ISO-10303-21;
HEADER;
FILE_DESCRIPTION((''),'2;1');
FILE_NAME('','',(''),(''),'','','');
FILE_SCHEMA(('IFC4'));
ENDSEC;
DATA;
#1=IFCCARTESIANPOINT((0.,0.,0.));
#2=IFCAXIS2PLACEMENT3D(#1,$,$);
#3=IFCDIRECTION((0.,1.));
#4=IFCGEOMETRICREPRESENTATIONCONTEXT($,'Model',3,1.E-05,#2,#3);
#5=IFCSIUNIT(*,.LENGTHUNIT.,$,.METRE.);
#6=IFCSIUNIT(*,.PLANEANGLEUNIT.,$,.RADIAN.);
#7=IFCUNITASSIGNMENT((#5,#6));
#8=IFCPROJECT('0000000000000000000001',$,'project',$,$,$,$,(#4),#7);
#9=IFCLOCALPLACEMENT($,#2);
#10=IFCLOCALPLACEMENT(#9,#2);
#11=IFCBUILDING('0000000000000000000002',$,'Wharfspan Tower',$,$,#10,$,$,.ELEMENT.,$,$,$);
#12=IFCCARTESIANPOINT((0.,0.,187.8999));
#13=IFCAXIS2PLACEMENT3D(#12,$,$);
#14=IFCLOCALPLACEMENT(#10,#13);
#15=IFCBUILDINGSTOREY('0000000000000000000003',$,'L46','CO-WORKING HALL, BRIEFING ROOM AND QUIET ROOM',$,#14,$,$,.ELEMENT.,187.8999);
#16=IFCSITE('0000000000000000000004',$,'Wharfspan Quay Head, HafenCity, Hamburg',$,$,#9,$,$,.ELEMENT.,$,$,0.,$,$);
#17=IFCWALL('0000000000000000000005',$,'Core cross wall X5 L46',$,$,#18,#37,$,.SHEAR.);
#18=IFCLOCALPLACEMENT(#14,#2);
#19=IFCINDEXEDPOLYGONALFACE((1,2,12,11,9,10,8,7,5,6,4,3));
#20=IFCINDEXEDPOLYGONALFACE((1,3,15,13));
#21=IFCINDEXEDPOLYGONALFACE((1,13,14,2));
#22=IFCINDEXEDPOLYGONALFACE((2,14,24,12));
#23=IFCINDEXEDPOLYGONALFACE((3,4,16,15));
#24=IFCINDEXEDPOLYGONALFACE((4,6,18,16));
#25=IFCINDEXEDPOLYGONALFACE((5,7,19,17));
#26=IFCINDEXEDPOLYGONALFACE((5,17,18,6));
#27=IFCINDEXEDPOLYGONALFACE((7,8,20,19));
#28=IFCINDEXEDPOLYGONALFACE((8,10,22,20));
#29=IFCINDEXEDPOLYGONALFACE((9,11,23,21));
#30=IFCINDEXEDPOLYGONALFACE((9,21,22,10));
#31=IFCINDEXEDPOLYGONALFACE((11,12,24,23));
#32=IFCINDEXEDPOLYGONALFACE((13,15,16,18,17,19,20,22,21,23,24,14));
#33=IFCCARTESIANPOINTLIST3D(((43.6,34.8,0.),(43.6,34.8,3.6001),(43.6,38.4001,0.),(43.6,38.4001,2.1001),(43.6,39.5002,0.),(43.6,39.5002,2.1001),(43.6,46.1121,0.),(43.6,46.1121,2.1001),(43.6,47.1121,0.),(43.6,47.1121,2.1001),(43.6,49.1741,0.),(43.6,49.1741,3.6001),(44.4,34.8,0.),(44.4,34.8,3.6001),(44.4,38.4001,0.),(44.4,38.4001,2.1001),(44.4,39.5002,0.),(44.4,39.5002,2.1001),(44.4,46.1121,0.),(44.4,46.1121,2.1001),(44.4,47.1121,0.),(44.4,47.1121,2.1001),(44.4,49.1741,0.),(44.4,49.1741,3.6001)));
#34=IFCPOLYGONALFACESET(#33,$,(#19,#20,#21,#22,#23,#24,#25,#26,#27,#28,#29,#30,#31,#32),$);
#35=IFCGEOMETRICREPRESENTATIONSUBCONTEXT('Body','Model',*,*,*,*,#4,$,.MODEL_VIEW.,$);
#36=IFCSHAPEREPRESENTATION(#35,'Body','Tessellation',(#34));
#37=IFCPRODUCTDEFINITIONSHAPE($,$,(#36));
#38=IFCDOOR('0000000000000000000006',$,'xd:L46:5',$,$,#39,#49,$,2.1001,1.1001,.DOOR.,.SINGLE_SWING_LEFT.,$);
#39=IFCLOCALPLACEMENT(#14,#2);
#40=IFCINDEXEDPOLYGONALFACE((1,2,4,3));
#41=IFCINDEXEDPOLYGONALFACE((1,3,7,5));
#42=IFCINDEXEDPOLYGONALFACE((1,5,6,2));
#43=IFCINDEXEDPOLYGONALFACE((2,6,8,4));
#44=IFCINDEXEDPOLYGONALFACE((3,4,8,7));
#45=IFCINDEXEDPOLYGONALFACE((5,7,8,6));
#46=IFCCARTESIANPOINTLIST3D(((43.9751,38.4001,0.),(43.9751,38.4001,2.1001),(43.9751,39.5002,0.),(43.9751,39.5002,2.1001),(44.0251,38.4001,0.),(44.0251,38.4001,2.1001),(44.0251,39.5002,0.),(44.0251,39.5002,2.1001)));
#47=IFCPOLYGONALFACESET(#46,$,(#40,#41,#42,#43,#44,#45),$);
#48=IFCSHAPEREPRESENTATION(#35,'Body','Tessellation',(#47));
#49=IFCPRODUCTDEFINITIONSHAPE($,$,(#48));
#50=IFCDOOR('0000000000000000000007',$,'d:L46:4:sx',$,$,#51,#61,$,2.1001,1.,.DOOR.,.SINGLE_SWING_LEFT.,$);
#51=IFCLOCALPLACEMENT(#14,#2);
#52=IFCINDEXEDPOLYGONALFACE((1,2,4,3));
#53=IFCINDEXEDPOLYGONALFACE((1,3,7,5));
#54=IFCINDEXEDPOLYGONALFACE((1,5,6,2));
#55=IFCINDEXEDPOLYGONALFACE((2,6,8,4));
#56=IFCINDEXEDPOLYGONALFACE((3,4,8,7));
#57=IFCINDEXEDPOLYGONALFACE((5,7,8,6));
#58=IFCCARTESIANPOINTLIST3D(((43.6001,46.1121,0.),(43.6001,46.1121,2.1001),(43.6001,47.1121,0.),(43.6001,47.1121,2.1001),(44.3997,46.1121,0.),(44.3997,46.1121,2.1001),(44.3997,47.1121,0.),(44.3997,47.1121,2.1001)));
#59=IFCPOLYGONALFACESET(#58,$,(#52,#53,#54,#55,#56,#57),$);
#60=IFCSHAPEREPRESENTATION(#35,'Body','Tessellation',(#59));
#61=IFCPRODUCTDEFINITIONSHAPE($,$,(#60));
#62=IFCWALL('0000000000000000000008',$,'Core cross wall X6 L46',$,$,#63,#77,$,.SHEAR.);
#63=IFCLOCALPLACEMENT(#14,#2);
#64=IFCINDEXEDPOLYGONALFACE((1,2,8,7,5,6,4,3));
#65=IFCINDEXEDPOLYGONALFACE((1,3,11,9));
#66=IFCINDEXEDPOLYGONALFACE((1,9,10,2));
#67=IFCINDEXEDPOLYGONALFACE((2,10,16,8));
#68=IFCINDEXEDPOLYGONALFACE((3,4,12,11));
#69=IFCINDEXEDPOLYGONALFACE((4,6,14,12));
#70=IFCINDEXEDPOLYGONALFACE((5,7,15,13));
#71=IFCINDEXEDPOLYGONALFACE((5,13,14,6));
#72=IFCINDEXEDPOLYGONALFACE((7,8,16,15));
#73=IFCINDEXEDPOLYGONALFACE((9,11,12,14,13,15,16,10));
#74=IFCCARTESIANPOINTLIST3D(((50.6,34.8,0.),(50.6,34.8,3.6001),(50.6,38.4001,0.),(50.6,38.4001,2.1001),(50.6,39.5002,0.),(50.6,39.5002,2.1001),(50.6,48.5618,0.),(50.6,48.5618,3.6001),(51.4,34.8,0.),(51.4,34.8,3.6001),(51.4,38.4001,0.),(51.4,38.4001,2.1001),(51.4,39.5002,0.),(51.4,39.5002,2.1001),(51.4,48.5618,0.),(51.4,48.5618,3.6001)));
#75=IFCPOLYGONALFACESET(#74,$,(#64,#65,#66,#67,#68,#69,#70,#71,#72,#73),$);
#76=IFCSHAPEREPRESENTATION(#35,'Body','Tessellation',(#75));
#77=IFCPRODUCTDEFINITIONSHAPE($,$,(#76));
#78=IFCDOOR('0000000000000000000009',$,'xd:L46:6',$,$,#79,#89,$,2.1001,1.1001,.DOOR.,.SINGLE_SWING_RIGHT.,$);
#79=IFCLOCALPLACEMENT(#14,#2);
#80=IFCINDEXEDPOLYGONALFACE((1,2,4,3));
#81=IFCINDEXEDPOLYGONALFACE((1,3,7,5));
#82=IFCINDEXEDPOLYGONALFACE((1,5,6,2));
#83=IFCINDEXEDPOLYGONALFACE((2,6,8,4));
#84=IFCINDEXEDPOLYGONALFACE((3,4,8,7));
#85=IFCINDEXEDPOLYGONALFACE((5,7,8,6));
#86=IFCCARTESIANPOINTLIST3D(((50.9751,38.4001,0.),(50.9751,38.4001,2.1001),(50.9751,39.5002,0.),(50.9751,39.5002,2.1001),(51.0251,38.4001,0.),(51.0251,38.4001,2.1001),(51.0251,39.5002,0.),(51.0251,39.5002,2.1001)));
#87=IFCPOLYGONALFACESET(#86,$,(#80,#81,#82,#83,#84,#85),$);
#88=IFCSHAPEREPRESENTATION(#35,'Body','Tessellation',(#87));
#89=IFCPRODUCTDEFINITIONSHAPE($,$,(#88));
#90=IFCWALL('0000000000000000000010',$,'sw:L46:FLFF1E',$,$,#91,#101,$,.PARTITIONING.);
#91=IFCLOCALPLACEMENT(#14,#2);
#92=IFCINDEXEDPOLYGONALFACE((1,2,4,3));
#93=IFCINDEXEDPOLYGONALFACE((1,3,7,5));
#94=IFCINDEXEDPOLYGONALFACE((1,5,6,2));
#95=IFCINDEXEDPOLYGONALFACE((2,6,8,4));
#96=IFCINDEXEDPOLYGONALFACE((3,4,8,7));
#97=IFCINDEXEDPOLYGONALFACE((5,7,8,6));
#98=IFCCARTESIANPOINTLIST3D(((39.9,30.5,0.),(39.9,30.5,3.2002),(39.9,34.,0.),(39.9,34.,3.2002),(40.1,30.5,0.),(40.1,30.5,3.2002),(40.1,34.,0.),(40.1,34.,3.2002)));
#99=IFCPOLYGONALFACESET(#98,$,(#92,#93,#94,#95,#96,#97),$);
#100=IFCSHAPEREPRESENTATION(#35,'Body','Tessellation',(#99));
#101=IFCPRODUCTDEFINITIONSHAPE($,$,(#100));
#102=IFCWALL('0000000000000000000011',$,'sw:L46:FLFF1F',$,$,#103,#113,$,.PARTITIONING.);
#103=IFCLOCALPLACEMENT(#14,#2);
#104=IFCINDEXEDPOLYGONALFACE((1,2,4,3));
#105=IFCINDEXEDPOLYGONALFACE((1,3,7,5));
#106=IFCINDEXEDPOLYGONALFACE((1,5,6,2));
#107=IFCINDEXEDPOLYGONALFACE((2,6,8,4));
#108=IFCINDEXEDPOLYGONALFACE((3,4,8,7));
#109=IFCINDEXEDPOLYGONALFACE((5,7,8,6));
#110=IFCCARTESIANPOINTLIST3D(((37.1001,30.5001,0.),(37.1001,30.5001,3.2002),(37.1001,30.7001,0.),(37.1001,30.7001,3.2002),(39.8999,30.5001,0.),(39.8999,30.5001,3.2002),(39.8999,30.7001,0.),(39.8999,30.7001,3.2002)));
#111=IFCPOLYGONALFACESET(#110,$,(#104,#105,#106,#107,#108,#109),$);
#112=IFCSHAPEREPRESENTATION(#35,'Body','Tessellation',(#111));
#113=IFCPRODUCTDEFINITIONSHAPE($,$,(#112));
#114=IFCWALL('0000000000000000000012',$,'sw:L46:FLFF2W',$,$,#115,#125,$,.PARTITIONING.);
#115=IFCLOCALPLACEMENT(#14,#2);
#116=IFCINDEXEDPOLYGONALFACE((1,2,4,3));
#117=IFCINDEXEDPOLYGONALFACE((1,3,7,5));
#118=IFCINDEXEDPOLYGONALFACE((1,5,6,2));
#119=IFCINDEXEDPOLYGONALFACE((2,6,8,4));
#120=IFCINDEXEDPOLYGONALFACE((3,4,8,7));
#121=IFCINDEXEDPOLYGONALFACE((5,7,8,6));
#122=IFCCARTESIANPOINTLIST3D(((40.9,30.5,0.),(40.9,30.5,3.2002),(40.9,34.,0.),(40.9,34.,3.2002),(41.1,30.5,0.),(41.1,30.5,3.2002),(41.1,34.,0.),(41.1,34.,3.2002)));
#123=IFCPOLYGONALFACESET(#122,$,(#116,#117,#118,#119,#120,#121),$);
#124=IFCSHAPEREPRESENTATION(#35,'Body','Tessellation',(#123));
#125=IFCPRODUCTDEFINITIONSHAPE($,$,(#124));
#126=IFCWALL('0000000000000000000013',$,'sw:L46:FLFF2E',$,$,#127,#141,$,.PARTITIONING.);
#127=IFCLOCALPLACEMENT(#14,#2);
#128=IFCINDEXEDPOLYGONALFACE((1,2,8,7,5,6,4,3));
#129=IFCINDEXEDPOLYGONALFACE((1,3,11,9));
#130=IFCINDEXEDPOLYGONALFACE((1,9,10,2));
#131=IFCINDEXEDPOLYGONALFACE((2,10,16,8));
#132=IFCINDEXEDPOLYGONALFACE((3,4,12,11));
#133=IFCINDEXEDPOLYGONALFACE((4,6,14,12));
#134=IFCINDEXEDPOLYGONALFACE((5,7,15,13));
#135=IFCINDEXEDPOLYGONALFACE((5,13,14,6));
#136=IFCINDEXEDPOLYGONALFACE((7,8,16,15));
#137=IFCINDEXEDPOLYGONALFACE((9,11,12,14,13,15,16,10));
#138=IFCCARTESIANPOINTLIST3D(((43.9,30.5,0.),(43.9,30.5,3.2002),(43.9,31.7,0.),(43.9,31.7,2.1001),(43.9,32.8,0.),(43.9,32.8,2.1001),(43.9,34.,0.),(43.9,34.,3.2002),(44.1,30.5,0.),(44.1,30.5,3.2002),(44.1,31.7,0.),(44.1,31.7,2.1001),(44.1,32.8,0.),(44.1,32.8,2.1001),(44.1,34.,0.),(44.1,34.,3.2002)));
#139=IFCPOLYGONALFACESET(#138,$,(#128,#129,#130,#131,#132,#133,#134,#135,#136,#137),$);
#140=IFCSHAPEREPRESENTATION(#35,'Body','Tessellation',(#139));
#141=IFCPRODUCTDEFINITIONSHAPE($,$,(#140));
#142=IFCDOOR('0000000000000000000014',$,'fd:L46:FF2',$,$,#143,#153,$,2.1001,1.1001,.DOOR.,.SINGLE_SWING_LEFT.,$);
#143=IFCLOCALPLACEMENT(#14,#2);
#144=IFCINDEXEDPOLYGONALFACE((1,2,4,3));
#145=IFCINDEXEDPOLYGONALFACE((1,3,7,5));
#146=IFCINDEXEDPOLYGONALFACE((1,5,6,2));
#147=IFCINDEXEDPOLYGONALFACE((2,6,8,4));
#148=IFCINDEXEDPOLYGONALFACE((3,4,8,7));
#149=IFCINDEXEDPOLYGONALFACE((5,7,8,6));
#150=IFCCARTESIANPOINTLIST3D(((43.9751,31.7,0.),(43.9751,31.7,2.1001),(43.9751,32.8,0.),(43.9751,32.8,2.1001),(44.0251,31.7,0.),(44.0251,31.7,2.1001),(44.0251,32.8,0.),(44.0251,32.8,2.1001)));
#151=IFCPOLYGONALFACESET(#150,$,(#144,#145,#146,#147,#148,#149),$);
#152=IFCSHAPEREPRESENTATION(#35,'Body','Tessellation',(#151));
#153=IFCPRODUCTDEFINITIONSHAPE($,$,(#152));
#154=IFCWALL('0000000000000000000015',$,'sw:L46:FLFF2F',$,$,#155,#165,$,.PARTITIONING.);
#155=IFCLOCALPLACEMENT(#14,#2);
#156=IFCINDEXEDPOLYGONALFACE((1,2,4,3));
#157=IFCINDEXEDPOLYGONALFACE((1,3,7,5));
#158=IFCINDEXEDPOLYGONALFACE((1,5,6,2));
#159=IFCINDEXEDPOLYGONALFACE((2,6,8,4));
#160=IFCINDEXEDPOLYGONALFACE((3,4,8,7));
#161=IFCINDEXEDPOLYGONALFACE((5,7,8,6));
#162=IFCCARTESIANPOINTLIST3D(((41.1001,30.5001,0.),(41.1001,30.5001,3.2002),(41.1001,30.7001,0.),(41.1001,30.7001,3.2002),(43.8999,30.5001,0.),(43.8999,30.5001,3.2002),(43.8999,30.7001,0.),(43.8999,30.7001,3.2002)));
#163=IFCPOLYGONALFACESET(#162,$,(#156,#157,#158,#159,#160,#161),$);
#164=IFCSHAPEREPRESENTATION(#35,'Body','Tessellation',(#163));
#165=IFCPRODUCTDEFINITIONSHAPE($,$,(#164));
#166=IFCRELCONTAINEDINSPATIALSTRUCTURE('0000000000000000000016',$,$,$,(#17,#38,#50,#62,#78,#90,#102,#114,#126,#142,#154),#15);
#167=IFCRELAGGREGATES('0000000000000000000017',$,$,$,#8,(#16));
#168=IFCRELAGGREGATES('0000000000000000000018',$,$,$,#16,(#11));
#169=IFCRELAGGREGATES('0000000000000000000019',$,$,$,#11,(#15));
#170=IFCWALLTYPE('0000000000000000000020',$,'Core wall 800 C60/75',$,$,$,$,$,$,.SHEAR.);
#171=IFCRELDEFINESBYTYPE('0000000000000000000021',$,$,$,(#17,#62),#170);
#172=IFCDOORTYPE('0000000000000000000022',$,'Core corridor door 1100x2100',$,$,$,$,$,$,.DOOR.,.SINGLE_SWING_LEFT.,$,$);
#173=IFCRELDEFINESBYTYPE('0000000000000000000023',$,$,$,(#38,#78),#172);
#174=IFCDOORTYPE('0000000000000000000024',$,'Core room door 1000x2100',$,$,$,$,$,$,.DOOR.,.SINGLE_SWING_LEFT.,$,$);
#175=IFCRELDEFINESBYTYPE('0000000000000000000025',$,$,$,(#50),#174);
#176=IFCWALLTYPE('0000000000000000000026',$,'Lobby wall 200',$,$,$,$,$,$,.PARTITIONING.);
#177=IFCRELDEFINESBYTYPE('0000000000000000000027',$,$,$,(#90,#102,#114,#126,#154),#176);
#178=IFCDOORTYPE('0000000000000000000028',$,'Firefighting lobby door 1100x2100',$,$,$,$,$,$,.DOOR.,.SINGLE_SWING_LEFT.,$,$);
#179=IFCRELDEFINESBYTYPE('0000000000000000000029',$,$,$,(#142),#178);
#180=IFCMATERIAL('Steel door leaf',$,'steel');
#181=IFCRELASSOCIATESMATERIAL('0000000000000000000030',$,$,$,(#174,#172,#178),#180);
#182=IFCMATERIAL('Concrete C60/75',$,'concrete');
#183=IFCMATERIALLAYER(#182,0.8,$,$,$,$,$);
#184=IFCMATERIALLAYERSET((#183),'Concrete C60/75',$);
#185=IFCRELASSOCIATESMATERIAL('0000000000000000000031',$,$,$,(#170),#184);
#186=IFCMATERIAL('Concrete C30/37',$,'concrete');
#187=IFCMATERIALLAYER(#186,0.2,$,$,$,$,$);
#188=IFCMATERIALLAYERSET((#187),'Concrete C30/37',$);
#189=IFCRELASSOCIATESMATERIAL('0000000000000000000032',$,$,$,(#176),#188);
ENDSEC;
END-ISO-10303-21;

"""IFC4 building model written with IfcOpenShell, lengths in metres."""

from ifc_helpers import new_model, si_unit, direction, frame, frame_2d, origin, place, context, subcontext, project, spatial, rectangle, extrude, material, layer, layer_set, type_object, element, fill, save


model = new_model("IFC4")

# Units and contexts
model_context = context("Model", 3, precision=1e-05, world=origin(), true_north=direction((0.0, 1.0)))
body_context = subcontext(model_context, "Body", "Model", "MODEL_VIEW")
ifc_project = project(units=[si_unit("LENGTHUNIT", "METRE"), si_unit("PLANEANGLEUNIT", "RADIAN")], contexts=[model_context])

# Site, building, storey
site_placement = place(None, origin())
site = spatial("IfcSite", under=ifc_project, at=site_placement, Name="Wharfspan Quay Head, HafenCity, Hamburg", CompositionType="ELEMENT", RefElevation=0.0)
building_placement = place(site_placement, origin())
building = spatial("IfcBuilding", under=site, at=building_placement, Name="Wharfspan Tower", CompositionType="ELEMENT")
storey_placement = place(building_placement, frame((0.0, 0.0, 187.8999)))
storey = spatial("IfcBuildingStorey", under=building, at=storey_placement, Name="L46", Description="CO-WORKING HALL, BRIEFING ROOM AND QUIET ROOM", CompositionType="ELEMENT", Elevation=187.8999)

# Shared definitions
ifc_material_1 = material(Name="Steel door leaf", Category="steel")
door_type_1 = type_object("IfcDoorType", Name="Core room door 1000x2100", OperationType="SINGLE_SWING_LEFT", PredefinedType="DOOR", material=ifc_material_1)

# Wall, openings, doors
ifc_material_2 = material(Name="Concrete C60/75", Category="concrete")
ifc_layer_1 = layer(ifc_material_2, 0.8)
ifc_layer_set_1 = layer_set([ifc_layer_1], Name="Concrete C60/75")
wall_type_1 = type_object("IfcWallType", Name="Core wall 800 C60/75", PredefinedType="SHEAR", material=ifc_layer_set_1)
wall_1_placement = place(storey_placement, frame((44.0, 34.8, 0.0), z_axis=(0.0, 0.0, 1.0), x_axis=(0.0, 1.0, 0.0)))
wall_1 = element("IfcWall", 1, at=wall_1_placement, inside=storey, type_object=wall_type_1, Name="Core cross wall X5 L46", PredefinedType="SHEAR", context=body_context, shape_type="SweptSolid", body=[
    extrude(rectangle(XDim=14.374, YDim=0.8, at=frame_2d((7.187, 0.0))), origin(), (0.0, 0.0, 1.0), 3.6001),
])
opening_1_placement = place(wall_1_placement, frame((11.312, 0.0, 0.0)))
opening_1 = element("IfcOpeningElement", 2, at=opening_1_placement, cuts=wall_1, PredefinedType="OPENING", context=body_context, shape_type="SweptSolid", body=[
    extrude(rectangle(XDim=1.0, YDim=2.1001, at=frame_2d((0.5, 1.05))), frame((0.0, 0.4099, 0.0), z_axis=(0.0, -1.0, 0.0), x_axis=(1.0, 0.0, 0.0)), (0.0, 0.0, 1.0), 0.8201),
])
opening_2_placement = place(wall_1_placement, frame((3.6001, 0.0, 0.0)))
opening_2 = element("IfcOpeningElement", 3, at=opening_2_placement, cuts=wall_1, PredefinedType="OPENING", context=body_context, shape_type="SweptSolid", body=[
    extrude(rectangle(XDim=1.1001, YDim=2.1001, at=frame_2d((0.55, 1.05))), frame((0.0, 0.4099, 0.0), z_axis=(0.0, -1.0, 0.0), x_axis=(1.0, 0.0, 0.0)), (0.0, 0.0, 1.0), 0.8201),
])
door_type_2 = type_object("IfcDoorType", Name="Core corridor door 1100x2100", OperationType="SINGLE_SWING_LEFT", PredefinedType="DOOR", material=ifc_material_1)
door_1_placement = place(opening_2_placement, origin())
door_1 = element("IfcDoor", 4, at=door_1_placement, inside=storey, type_object=door_type_2, Name="xd:L46:5", OperationType="SINGLE_SWING_LEFT", OverallHeight=2.1001, OverallWidth=1.1001, PredefinedType="DOOR", context=body_context, shape_type="SweptSolid", body=[
    extrude(rectangle(XDim=1.1001, YDim=2.1001, at=frame_2d((0.55, 1.05))), frame((0.0, 0.0249, 0.0), z_axis=(0.0, -1.0, 0.0), x_axis=(1.0, 0.0, 0.0)), (0.0, 0.0, 1.0), 0.05),
])
fill(opening_2, door_1)
door_2_placement = place(opening_1_placement, origin())
door_2 = element("IfcDoor", 5, at=door_2_placement, inside=storey, type_object=door_type_1, Name="d:L46:4:sx", OperationType="SINGLE_SWING_LEFT", OverallHeight=2.1001, OverallWidth=1.0, PredefinedType="DOOR", context=body_context, shape_type="SweptSolid", body=[
    extrude(rectangle(XDim=1.0, YDim=2.1001, at=frame_2d((0.5, 1.05))), frame((0.0, 0.3999, 0.0), z_axis=(0.0, -1.0, 0.0), x_axis=(1.0, 0.0, 0.0)), (0.0, 0.0, 1.0), 0.7996),
])
fill(opening_1, door_2)

# Wall, opening, door
wall_2_placement = place(storey_placement, frame((51.0, 34.8, 0.0), z_axis=(0.0, 0.0, 1.0), x_axis=(0.0, 1.0, 0.0)))
wall_2 = element("IfcWall", 6, at=wall_2_placement, inside=storey, type_object=wall_type_1, Name="Core cross wall X6 L46", PredefinedType="SHEAR", context=body_context, shape_type="SweptSolid", body=[
    extrude(rectangle(XDim=13.7617, YDim=0.8, at=frame_2d((6.8809, 0.0))), origin(), (0.0, 0.0, 1.0), 3.6001),
])
opening_3_placement = place(wall_2_placement, frame((3.6001, 0.0, 0.0)))
opening_3 = element("IfcOpeningElement", 7, at=opening_3_placement, cuts=wall_2, PredefinedType="OPENING", context=body_context, shape_type="SweptSolid", body=[
    extrude(rectangle(XDim=1.1001, YDim=2.1001, at=frame_2d((0.55, 1.05))), frame((0.0, 0.4099, 0.0), z_axis=(0.0, -1.0, 0.0), x_axis=(1.0, 0.0, 0.0)), (0.0, 0.0, 1.0), 0.8201),
])
door_3_placement = place(opening_3_placement, origin())
door_3 = element("IfcDoor", 8, at=door_3_placement, inside=storey, type_object=door_type_2, Name="xd:L46:6", OperationType="SINGLE_SWING_RIGHT", OverallHeight=2.1001, OverallWidth=1.1001, PredefinedType="DOOR", context=body_context, shape_type="SweptSolid", body=[
    extrude(rectangle(XDim=1.1001, YDim=2.1001, at=frame_2d((0.55, 1.05))), frame((0.0, 0.0249, 0.0), z_axis=(0.0, -1.0, 0.0), x_axis=(1.0, 0.0, 0.0)), (0.0, 0.0, 1.0), 0.05),
])
fill(opening_3, door_3)

# Walls
ifc_material_3 = material(Name="Concrete C30/37", Category="concrete")
ifc_layer_2 = layer(ifc_material_3, 0.2)
ifc_layer_set_2 = layer_set([ifc_layer_2], Name="Concrete C30/37")
wall_type_2 = type_object("IfcWallType", Name="Lobby wall 200", PredefinedType="PARTITIONING", material=ifc_layer_set_2)
wall_3_placement = place(storey_placement, frame((40.0, 30.5, 0.0), z_axis=(0.0, 0.0, 1.0), x_axis=(0.0, 1.0, 0.0)))
element("IfcWall", 9, at=wall_3_placement, inside=storey, type_object=wall_type_2, Name="sw:L46:FLFF1E", PredefinedType="PARTITIONING", context=body_context, shape_type="SweptSolid", body=[
    extrude(rectangle(XDim=3.5, YDim=0.2, at=frame_2d((1.75, 0.0))), origin(), (0.0, 0.0, 1.0), 3.2002),
])
wall_4_placement = place(storey_placement, frame((37.1001, 30.6001, 0.0), z_axis=(0.0, 0.0, 1.0), x_axis=(1.0, 0.0, 0.0)))
element("IfcWall", 10, at=wall_4_placement, inside=storey, type_object=wall_type_2, Name="sw:L46:FLFF1F", PredefinedType="PARTITIONING", context=body_context, shape_type="SweptSolid", body=[
    extrude(rectangle(XDim=2.7998, YDim=0.2, at=frame_2d((1.3999, 0.0))), origin(), (0.0, 0.0, 1.0), 3.2002),
])
wall_5_placement = place(storey_placement, frame((41.0, 30.5, 0.0), z_axis=(0.0, 0.0, 1.0), x_axis=(0.0, 1.0, 0.0)))
element("IfcWall", 11, at=wall_5_placement, inside=storey, type_object=wall_type_2, Name="sw:L46:FLFF2W", PredefinedType="PARTITIONING", context=body_context, shape_type="SweptSolid", body=[
    extrude(rectangle(XDim=3.5, YDim=0.2, at=frame_2d((1.75, 0.0))), origin(), (0.0, 0.0, 1.0), 3.2002),
])

# Wall, opening, door
wall_6_placement = place(storey_placement, frame((44.0, 30.5, 0.0), z_axis=(0.0, 0.0, 1.0), x_axis=(0.0, 1.0, 0.0)))
wall_6 = element("IfcWall", 12, at=wall_6_placement, inside=storey, type_object=wall_type_2, Name="sw:L46:FLFF2E", PredefinedType="PARTITIONING", context=body_context, shape_type="SweptSolid", body=[
    extrude(rectangle(XDim=3.5, YDim=0.2, at=frame_2d((1.75, 0.0))), origin(), (0.0, 0.0, 1.0), 3.2002),
])
opening_4_placement = place(wall_6_placement, frame((1.2, 0.0, 0.0)))
opening_4 = element("IfcOpeningElement", 13, at=opening_4_placement, cuts=wall_6, PredefinedType="OPENING", context=body_context, shape_type="SweptSolid", body=[
    extrude(rectangle(XDim=1.1001, YDim=2.1001, at=frame_2d((0.55, 1.05))), frame((0.0, 0.1099, 0.0), z_axis=(0.0, -1.0, 0.0), x_axis=(1.0, 0.0, 0.0)), (0.0, 0.0, 1.0), 0.22),
])
door_type_3 = type_object("IfcDoorType", Name="Firefighting lobby door 1100x2100", OperationType="SINGLE_SWING_LEFT", PredefinedType="DOOR", material=ifc_material_1)
door_4_placement = place(opening_4_placement, origin())
door_4 = element("IfcDoor", 14, at=door_4_placement, inside=storey, type_object=door_type_3, Name="fd:L46:FF2", OperationType="SINGLE_SWING_LEFT", OverallHeight=2.1001, OverallWidth=1.1001, PredefinedType="DOOR", context=body_context, shape_type="SweptSolid", body=[
    extrude(rectangle(XDim=1.1001, YDim=2.1001, at=frame_2d((0.55, 1.05))), frame((0.0, 0.0249, 0.0), z_axis=(0.0, -1.0, 0.0), x_axis=(1.0, 0.0, 0.0)), (0.0, 0.0, 1.0), 0.05),
])
fill(opening_4, door_4)

# Wall
wall_7_placement = place(storey_placement, frame((41.1001, 30.6001, 0.0), z_axis=(0.0, 0.0, 1.0), x_axis=(1.0, 0.0, 0.0)))
element("IfcWall", 15, at=wall_7_placement, inside=storey, type_object=wall_type_2, Name="sw:L46:FLFF2F", PredefinedType="PARTITIONING", context=body_context, shape_type="SweptSolid", body=[
    extrude(rectangle(XDim=2.7998, YDim=0.2, at=frame_2d((1.3999, 0.0))), origin(), (0.0, 0.0, 1.0), 3.2002),
])

save(model, "model.ifc")
